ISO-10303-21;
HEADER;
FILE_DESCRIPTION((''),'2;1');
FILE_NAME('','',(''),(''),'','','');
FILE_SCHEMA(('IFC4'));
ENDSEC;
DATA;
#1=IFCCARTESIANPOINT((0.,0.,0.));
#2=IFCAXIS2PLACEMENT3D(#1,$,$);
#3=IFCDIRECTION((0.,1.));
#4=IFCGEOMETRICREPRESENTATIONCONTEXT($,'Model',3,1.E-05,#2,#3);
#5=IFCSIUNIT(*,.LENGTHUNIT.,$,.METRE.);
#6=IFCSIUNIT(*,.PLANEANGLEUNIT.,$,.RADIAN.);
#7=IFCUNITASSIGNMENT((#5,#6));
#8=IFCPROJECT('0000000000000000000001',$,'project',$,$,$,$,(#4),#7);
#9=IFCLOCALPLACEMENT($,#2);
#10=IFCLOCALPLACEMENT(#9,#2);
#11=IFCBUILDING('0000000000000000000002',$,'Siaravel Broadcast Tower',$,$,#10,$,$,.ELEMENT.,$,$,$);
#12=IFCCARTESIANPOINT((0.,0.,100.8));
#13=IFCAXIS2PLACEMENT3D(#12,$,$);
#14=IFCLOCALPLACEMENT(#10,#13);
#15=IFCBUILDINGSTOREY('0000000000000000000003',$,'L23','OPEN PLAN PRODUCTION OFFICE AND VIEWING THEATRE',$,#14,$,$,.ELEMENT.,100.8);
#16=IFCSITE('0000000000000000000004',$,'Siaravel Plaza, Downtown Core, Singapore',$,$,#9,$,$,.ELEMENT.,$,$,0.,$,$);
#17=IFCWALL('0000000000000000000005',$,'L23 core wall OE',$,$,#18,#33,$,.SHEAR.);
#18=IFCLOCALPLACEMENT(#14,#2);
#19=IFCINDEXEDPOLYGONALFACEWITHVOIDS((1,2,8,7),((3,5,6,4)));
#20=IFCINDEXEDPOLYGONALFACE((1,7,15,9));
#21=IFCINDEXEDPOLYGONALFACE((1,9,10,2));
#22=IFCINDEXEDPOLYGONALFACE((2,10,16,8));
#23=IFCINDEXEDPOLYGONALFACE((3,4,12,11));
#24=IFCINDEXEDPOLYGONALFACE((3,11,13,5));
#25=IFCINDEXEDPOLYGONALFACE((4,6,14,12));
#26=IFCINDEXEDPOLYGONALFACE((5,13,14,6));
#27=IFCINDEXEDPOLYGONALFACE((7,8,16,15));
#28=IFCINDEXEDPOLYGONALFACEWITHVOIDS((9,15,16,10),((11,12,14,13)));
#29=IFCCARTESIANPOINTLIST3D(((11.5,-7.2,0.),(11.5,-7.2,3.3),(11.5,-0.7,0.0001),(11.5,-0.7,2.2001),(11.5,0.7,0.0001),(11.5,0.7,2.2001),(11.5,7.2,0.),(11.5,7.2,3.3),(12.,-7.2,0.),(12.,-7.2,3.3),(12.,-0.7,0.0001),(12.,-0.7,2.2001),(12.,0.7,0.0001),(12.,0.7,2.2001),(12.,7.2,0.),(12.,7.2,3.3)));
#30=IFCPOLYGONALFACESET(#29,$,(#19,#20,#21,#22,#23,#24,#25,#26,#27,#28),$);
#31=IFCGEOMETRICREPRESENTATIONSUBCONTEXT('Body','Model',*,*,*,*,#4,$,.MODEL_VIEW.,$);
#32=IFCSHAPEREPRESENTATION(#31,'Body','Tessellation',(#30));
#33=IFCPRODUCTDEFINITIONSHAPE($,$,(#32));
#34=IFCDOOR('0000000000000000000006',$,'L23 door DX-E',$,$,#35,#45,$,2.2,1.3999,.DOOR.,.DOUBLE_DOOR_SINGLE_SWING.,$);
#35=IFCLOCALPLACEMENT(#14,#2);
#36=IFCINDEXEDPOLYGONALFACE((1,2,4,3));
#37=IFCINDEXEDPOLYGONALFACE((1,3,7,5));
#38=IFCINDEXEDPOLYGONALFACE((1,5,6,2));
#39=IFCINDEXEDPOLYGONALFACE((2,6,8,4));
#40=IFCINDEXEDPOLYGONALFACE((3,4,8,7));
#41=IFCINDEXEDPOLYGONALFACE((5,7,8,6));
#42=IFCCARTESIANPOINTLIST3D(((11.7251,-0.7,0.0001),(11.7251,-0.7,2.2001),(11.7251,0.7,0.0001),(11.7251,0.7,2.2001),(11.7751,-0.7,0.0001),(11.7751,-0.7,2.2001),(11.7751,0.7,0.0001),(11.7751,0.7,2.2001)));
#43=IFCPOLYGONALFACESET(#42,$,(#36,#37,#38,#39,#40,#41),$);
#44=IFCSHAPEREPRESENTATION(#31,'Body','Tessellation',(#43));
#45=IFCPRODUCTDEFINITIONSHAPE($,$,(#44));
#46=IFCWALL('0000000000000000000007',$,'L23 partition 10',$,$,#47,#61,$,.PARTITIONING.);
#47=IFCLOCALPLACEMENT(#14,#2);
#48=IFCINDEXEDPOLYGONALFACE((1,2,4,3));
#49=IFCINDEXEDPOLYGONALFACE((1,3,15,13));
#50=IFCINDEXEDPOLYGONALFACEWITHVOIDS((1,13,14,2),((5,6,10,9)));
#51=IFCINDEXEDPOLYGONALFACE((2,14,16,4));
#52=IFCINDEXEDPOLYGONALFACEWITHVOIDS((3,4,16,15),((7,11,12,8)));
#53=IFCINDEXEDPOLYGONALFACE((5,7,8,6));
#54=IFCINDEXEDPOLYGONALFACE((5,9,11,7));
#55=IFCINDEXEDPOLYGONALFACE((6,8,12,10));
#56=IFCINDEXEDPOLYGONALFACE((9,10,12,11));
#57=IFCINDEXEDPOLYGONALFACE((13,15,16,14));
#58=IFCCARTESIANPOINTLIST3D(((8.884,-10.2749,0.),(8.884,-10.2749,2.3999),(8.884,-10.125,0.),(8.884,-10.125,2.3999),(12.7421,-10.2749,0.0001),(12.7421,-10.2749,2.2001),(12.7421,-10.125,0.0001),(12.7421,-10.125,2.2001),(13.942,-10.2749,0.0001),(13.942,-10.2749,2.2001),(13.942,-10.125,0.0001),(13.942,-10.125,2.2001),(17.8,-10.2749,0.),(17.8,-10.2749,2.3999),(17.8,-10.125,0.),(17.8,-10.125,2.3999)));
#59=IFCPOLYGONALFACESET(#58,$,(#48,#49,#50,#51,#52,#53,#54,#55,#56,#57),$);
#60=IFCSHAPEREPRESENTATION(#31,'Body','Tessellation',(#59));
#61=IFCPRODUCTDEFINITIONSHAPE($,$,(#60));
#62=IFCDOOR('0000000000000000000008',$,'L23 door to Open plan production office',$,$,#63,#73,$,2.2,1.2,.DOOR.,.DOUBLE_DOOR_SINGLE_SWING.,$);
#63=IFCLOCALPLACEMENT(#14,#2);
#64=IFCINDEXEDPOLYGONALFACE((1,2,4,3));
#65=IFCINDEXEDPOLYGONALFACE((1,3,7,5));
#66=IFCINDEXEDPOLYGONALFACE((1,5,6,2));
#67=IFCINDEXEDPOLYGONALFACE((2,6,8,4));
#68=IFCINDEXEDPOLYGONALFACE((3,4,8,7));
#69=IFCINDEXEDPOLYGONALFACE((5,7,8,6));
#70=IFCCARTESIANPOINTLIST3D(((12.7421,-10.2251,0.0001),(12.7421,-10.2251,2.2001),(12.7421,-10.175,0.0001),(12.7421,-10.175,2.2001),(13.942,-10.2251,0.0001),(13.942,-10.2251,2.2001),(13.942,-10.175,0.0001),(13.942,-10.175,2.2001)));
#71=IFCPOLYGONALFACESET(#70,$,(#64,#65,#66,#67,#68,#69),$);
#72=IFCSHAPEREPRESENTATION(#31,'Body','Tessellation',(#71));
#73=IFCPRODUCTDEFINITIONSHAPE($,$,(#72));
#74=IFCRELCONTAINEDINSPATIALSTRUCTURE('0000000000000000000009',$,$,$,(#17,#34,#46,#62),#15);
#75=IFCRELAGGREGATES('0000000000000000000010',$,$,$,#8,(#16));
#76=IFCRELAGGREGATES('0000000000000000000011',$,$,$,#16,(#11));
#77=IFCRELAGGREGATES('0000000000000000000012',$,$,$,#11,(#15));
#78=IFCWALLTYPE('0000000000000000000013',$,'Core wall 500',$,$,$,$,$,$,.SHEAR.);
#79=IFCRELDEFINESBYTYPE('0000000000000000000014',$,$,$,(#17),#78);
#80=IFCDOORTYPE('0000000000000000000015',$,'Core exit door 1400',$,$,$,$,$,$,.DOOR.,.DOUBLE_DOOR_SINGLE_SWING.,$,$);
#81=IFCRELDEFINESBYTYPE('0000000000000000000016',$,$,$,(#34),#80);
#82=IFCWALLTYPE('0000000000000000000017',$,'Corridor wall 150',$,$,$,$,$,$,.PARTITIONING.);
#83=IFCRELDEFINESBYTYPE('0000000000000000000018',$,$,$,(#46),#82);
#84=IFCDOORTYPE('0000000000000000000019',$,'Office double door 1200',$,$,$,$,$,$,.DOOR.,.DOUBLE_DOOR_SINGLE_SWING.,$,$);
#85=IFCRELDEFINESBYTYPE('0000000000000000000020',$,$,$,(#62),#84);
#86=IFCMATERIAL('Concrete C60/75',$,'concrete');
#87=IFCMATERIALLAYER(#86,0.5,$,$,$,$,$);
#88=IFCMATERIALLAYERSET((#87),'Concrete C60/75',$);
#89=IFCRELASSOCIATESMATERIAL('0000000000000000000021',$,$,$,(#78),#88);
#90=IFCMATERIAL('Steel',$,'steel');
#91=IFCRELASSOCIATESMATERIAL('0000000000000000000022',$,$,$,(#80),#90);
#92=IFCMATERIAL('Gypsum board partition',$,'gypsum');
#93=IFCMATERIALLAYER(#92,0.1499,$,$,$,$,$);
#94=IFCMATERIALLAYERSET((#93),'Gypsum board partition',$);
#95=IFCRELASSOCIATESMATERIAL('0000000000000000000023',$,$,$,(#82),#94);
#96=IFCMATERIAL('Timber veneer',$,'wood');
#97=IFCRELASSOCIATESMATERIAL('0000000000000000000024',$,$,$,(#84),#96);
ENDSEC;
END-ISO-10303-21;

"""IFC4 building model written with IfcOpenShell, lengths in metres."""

from ifc_helpers import new_model, si_unit, direction, frame, frame_2d, origin, place, context, subcontext, project, spatial, rectangle, extrude, material, layer, layer_set, type_object, element, fill, save


model = new_model("IFC4")

# Units and contexts
model_context = context("Model", 3, precision=1e-05, world=origin(), true_north=direction((0.0, 1.0)))
body_context = subcontext(model_context, "Body", "Model", "MODEL_VIEW")
ifc_project = project(units=[si_unit("LENGTHUNIT", "METRE"), si_unit("PLANEANGLEUNIT", "RADIAN")], contexts=[model_context])

# Site, building, storey
site_placement = place(None, origin())
site = spatial("IfcSite", under=ifc_project, at=site_placement, Name="Siaravel Plaza, Downtown Core, Singapore", CompositionType="ELEMENT", RefElevation=0.0)
building_placement = place(site_placement, origin())
building = spatial("IfcBuilding", under=site, at=building_placement, Name="Siaravel Broadcast Tower", CompositionType="ELEMENT")
storey_placement = place(building_placement, frame((0.0, 0.0, 100.8)))
storey = spatial("IfcBuildingStorey", under=building, at=storey_placement, Name="L23", Description="OPEN PLAN PRODUCTION OFFICE AND VIEWING THEATRE", CompositionType="ELEMENT", Elevation=100.8)

# Shared definitions
ifc_material_1 = material(Name="Concrete C60/75", Category="concrete")

# Walls, openings, doors
ifc_layer_1 = layer(ifc_material_1, 0.5)
ifc_layer_set_1 = layer_set([ifc_layer_1], Name="Concrete C60/75")
wall_type_1 = type_object("IfcWallType", Name="Core wall 500", PredefinedType="SHEAR", material=ifc_layer_set_1)
wall_1_placement = place(storey_placement, frame((11.75, -7.2, 0.0), z_axis=(0.0, 0.0, 1.0), x_axis=(0.0, 1.0, 0.0)))
wall_1 = element("IfcWall", 1, at=wall_1_placement, inside=storey, type_object=wall_type_1, Name="L23 core wall OE", PredefinedType="SHEAR", context=body_context, shape_type="SweptSolid", body=[
    extrude(rectangle(XDim=14.3999, YDim=0.5, at=frame_2d((7.2, 0.0))), origin(), (0.0, 0.0, 1.0), 3.3),
])
opening_1_placement = place(wall_1_placement, frame((6.5, 0.0, 0.0)))
opening_1 = element("IfcOpeningElement", 2, at=opening_1_placement, cuts=wall_1, PredefinedType="OPENING", context=body_context, shape_type="SweptSolid", body=[
    extrude(rectangle(XDim=1.3999, YDim=2.2, at=frame_2d((0.7, 1.1001))), frame((0.0, 0.26, 0.0), z_axis=(0.0, -1.0, 0.0), x_axis=(1.0, 0.0, 0.0)), (0.0, 0.0, 1.0), 0.52),
])
ifc_material_2 = material(Name="Steel", Category="steel")
door_type_1 = type_object("IfcDoorType", Name="Core exit door 1400", OperationType="DOUBLE_DOOR_SINGLE_SWING", PredefinedType="DOOR", material=ifc_material_2)
door_1_placement = place(opening_1_placement, origin())
door_1 = element("IfcDoor", 3, at=door_1_placement, inside=storey, type_object=door_type_1, Name="L23 door DX-E", OperationType="DOUBLE_DOOR_SINGLE_SWING", OverallHeight=2.2, OverallWidth=1.3999, PredefinedType="DOOR", context=body_context, shape_type="SweptSolid", body=[
    extrude(rectangle(XDim=1.3999, YDim=2.2, at=frame_2d((0.7, 1.1001))), frame((0.0, 0.0249, 0.0), z_axis=(0.0, -1.0, 0.0), x_axis=(1.0, 0.0, 0.0)), (0.0, 0.0, 1.0), 0.05),
])
fill(opening_1, door_1)
ifc_material_3 = material(Name="Gypsum board partition", Category="gypsum")
ifc_layer_2 = layer(ifc_material_3, 0.1499)
ifc_layer_set_2 = layer_set([ifc_layer_2], Name="Gypsum board partition")
wall_type_2 = type_object("IfcWallType", Name="Corridor wall 150", PredefinedType="PARTITIONING", material=ifc_layer_set_2)
wall_2_placement = place(storey_placement, frame((8.884, -10.2, 0.0), z_axis=(0.0, 0.0, 1.0), x_axis=(1.0, 0.0, 0.0)))
wall_2 = element("IfcWall", 4, at=wall_2_placement, inside=storey, type_object=wall_type_2, Name="L23 partition 10", PredefinedType="PARTITIONING", context=body_context, shape_type="SweptSolid", body=[
    extrude(rectangle(XDim=8.916, YDim=0.1499, at=frame_2d((4.458, 0.0))), origin(), (0.0, 0.0, 1.0), 2.3999),
])
opening_2_placement = place(wall_2_placement, frame((3.8579, 0.0, 0.0)))
opening_2 = element("IfcOpeningElement", 5, at=opening_2_placement, cuts=wall_2, PredefinedType="OPENING", context=body_context, shape_type="SweptSolid", body=[
    extrude(rectangle(XDim=1.2, YDim=2.2, at=frame_2d((0.6001, 1.1001))), frame((0.0, 0.085, 0.0), z_axis=(0.0, -1.0, 0.0), x_axis=(1.0, 0.0, 0.0)), (0.0, 0.0, 1.0), 0.1699),
])
ifc_material_4 = material(Name="Timber veneer", Category="wood")
door_type_2 = type_object("IfcDoorType", Name="Office double door 1200", OperationType="DOUBLE_DOOR_SINGLE_SWING", PredefinedType="DOOR", material=ifc_material_4)
door_2_placement = place(opening_2_placement, origin())
door_2 = element("IfcDoor", 6, at=door_2_placement, inside=storey, type_object=door_type_2, Name="L23 door to Open plan production office", OperationType="DOUBLE_DOOR_SINGLE_SWING", OverallHeight=2.2, OverallWidth=1.2, PredefinedType="DOOR", context=body_context, shape_type="SweptSolid", body=[
    extrude(rectangle(XDim=1.2, YDim=2.2, at=frame_2d((0.6001, 1.1001))), frame((0.0, 0.0249, 0.0), z_axis=(0.0, -1.0, 0.0), x_axis=(1.0, 0.0, 0.0)), (0.0, 0.0, 1.0), 0.05),
])
fill(opening_2, door_2)

save(model, "model.ifc")
